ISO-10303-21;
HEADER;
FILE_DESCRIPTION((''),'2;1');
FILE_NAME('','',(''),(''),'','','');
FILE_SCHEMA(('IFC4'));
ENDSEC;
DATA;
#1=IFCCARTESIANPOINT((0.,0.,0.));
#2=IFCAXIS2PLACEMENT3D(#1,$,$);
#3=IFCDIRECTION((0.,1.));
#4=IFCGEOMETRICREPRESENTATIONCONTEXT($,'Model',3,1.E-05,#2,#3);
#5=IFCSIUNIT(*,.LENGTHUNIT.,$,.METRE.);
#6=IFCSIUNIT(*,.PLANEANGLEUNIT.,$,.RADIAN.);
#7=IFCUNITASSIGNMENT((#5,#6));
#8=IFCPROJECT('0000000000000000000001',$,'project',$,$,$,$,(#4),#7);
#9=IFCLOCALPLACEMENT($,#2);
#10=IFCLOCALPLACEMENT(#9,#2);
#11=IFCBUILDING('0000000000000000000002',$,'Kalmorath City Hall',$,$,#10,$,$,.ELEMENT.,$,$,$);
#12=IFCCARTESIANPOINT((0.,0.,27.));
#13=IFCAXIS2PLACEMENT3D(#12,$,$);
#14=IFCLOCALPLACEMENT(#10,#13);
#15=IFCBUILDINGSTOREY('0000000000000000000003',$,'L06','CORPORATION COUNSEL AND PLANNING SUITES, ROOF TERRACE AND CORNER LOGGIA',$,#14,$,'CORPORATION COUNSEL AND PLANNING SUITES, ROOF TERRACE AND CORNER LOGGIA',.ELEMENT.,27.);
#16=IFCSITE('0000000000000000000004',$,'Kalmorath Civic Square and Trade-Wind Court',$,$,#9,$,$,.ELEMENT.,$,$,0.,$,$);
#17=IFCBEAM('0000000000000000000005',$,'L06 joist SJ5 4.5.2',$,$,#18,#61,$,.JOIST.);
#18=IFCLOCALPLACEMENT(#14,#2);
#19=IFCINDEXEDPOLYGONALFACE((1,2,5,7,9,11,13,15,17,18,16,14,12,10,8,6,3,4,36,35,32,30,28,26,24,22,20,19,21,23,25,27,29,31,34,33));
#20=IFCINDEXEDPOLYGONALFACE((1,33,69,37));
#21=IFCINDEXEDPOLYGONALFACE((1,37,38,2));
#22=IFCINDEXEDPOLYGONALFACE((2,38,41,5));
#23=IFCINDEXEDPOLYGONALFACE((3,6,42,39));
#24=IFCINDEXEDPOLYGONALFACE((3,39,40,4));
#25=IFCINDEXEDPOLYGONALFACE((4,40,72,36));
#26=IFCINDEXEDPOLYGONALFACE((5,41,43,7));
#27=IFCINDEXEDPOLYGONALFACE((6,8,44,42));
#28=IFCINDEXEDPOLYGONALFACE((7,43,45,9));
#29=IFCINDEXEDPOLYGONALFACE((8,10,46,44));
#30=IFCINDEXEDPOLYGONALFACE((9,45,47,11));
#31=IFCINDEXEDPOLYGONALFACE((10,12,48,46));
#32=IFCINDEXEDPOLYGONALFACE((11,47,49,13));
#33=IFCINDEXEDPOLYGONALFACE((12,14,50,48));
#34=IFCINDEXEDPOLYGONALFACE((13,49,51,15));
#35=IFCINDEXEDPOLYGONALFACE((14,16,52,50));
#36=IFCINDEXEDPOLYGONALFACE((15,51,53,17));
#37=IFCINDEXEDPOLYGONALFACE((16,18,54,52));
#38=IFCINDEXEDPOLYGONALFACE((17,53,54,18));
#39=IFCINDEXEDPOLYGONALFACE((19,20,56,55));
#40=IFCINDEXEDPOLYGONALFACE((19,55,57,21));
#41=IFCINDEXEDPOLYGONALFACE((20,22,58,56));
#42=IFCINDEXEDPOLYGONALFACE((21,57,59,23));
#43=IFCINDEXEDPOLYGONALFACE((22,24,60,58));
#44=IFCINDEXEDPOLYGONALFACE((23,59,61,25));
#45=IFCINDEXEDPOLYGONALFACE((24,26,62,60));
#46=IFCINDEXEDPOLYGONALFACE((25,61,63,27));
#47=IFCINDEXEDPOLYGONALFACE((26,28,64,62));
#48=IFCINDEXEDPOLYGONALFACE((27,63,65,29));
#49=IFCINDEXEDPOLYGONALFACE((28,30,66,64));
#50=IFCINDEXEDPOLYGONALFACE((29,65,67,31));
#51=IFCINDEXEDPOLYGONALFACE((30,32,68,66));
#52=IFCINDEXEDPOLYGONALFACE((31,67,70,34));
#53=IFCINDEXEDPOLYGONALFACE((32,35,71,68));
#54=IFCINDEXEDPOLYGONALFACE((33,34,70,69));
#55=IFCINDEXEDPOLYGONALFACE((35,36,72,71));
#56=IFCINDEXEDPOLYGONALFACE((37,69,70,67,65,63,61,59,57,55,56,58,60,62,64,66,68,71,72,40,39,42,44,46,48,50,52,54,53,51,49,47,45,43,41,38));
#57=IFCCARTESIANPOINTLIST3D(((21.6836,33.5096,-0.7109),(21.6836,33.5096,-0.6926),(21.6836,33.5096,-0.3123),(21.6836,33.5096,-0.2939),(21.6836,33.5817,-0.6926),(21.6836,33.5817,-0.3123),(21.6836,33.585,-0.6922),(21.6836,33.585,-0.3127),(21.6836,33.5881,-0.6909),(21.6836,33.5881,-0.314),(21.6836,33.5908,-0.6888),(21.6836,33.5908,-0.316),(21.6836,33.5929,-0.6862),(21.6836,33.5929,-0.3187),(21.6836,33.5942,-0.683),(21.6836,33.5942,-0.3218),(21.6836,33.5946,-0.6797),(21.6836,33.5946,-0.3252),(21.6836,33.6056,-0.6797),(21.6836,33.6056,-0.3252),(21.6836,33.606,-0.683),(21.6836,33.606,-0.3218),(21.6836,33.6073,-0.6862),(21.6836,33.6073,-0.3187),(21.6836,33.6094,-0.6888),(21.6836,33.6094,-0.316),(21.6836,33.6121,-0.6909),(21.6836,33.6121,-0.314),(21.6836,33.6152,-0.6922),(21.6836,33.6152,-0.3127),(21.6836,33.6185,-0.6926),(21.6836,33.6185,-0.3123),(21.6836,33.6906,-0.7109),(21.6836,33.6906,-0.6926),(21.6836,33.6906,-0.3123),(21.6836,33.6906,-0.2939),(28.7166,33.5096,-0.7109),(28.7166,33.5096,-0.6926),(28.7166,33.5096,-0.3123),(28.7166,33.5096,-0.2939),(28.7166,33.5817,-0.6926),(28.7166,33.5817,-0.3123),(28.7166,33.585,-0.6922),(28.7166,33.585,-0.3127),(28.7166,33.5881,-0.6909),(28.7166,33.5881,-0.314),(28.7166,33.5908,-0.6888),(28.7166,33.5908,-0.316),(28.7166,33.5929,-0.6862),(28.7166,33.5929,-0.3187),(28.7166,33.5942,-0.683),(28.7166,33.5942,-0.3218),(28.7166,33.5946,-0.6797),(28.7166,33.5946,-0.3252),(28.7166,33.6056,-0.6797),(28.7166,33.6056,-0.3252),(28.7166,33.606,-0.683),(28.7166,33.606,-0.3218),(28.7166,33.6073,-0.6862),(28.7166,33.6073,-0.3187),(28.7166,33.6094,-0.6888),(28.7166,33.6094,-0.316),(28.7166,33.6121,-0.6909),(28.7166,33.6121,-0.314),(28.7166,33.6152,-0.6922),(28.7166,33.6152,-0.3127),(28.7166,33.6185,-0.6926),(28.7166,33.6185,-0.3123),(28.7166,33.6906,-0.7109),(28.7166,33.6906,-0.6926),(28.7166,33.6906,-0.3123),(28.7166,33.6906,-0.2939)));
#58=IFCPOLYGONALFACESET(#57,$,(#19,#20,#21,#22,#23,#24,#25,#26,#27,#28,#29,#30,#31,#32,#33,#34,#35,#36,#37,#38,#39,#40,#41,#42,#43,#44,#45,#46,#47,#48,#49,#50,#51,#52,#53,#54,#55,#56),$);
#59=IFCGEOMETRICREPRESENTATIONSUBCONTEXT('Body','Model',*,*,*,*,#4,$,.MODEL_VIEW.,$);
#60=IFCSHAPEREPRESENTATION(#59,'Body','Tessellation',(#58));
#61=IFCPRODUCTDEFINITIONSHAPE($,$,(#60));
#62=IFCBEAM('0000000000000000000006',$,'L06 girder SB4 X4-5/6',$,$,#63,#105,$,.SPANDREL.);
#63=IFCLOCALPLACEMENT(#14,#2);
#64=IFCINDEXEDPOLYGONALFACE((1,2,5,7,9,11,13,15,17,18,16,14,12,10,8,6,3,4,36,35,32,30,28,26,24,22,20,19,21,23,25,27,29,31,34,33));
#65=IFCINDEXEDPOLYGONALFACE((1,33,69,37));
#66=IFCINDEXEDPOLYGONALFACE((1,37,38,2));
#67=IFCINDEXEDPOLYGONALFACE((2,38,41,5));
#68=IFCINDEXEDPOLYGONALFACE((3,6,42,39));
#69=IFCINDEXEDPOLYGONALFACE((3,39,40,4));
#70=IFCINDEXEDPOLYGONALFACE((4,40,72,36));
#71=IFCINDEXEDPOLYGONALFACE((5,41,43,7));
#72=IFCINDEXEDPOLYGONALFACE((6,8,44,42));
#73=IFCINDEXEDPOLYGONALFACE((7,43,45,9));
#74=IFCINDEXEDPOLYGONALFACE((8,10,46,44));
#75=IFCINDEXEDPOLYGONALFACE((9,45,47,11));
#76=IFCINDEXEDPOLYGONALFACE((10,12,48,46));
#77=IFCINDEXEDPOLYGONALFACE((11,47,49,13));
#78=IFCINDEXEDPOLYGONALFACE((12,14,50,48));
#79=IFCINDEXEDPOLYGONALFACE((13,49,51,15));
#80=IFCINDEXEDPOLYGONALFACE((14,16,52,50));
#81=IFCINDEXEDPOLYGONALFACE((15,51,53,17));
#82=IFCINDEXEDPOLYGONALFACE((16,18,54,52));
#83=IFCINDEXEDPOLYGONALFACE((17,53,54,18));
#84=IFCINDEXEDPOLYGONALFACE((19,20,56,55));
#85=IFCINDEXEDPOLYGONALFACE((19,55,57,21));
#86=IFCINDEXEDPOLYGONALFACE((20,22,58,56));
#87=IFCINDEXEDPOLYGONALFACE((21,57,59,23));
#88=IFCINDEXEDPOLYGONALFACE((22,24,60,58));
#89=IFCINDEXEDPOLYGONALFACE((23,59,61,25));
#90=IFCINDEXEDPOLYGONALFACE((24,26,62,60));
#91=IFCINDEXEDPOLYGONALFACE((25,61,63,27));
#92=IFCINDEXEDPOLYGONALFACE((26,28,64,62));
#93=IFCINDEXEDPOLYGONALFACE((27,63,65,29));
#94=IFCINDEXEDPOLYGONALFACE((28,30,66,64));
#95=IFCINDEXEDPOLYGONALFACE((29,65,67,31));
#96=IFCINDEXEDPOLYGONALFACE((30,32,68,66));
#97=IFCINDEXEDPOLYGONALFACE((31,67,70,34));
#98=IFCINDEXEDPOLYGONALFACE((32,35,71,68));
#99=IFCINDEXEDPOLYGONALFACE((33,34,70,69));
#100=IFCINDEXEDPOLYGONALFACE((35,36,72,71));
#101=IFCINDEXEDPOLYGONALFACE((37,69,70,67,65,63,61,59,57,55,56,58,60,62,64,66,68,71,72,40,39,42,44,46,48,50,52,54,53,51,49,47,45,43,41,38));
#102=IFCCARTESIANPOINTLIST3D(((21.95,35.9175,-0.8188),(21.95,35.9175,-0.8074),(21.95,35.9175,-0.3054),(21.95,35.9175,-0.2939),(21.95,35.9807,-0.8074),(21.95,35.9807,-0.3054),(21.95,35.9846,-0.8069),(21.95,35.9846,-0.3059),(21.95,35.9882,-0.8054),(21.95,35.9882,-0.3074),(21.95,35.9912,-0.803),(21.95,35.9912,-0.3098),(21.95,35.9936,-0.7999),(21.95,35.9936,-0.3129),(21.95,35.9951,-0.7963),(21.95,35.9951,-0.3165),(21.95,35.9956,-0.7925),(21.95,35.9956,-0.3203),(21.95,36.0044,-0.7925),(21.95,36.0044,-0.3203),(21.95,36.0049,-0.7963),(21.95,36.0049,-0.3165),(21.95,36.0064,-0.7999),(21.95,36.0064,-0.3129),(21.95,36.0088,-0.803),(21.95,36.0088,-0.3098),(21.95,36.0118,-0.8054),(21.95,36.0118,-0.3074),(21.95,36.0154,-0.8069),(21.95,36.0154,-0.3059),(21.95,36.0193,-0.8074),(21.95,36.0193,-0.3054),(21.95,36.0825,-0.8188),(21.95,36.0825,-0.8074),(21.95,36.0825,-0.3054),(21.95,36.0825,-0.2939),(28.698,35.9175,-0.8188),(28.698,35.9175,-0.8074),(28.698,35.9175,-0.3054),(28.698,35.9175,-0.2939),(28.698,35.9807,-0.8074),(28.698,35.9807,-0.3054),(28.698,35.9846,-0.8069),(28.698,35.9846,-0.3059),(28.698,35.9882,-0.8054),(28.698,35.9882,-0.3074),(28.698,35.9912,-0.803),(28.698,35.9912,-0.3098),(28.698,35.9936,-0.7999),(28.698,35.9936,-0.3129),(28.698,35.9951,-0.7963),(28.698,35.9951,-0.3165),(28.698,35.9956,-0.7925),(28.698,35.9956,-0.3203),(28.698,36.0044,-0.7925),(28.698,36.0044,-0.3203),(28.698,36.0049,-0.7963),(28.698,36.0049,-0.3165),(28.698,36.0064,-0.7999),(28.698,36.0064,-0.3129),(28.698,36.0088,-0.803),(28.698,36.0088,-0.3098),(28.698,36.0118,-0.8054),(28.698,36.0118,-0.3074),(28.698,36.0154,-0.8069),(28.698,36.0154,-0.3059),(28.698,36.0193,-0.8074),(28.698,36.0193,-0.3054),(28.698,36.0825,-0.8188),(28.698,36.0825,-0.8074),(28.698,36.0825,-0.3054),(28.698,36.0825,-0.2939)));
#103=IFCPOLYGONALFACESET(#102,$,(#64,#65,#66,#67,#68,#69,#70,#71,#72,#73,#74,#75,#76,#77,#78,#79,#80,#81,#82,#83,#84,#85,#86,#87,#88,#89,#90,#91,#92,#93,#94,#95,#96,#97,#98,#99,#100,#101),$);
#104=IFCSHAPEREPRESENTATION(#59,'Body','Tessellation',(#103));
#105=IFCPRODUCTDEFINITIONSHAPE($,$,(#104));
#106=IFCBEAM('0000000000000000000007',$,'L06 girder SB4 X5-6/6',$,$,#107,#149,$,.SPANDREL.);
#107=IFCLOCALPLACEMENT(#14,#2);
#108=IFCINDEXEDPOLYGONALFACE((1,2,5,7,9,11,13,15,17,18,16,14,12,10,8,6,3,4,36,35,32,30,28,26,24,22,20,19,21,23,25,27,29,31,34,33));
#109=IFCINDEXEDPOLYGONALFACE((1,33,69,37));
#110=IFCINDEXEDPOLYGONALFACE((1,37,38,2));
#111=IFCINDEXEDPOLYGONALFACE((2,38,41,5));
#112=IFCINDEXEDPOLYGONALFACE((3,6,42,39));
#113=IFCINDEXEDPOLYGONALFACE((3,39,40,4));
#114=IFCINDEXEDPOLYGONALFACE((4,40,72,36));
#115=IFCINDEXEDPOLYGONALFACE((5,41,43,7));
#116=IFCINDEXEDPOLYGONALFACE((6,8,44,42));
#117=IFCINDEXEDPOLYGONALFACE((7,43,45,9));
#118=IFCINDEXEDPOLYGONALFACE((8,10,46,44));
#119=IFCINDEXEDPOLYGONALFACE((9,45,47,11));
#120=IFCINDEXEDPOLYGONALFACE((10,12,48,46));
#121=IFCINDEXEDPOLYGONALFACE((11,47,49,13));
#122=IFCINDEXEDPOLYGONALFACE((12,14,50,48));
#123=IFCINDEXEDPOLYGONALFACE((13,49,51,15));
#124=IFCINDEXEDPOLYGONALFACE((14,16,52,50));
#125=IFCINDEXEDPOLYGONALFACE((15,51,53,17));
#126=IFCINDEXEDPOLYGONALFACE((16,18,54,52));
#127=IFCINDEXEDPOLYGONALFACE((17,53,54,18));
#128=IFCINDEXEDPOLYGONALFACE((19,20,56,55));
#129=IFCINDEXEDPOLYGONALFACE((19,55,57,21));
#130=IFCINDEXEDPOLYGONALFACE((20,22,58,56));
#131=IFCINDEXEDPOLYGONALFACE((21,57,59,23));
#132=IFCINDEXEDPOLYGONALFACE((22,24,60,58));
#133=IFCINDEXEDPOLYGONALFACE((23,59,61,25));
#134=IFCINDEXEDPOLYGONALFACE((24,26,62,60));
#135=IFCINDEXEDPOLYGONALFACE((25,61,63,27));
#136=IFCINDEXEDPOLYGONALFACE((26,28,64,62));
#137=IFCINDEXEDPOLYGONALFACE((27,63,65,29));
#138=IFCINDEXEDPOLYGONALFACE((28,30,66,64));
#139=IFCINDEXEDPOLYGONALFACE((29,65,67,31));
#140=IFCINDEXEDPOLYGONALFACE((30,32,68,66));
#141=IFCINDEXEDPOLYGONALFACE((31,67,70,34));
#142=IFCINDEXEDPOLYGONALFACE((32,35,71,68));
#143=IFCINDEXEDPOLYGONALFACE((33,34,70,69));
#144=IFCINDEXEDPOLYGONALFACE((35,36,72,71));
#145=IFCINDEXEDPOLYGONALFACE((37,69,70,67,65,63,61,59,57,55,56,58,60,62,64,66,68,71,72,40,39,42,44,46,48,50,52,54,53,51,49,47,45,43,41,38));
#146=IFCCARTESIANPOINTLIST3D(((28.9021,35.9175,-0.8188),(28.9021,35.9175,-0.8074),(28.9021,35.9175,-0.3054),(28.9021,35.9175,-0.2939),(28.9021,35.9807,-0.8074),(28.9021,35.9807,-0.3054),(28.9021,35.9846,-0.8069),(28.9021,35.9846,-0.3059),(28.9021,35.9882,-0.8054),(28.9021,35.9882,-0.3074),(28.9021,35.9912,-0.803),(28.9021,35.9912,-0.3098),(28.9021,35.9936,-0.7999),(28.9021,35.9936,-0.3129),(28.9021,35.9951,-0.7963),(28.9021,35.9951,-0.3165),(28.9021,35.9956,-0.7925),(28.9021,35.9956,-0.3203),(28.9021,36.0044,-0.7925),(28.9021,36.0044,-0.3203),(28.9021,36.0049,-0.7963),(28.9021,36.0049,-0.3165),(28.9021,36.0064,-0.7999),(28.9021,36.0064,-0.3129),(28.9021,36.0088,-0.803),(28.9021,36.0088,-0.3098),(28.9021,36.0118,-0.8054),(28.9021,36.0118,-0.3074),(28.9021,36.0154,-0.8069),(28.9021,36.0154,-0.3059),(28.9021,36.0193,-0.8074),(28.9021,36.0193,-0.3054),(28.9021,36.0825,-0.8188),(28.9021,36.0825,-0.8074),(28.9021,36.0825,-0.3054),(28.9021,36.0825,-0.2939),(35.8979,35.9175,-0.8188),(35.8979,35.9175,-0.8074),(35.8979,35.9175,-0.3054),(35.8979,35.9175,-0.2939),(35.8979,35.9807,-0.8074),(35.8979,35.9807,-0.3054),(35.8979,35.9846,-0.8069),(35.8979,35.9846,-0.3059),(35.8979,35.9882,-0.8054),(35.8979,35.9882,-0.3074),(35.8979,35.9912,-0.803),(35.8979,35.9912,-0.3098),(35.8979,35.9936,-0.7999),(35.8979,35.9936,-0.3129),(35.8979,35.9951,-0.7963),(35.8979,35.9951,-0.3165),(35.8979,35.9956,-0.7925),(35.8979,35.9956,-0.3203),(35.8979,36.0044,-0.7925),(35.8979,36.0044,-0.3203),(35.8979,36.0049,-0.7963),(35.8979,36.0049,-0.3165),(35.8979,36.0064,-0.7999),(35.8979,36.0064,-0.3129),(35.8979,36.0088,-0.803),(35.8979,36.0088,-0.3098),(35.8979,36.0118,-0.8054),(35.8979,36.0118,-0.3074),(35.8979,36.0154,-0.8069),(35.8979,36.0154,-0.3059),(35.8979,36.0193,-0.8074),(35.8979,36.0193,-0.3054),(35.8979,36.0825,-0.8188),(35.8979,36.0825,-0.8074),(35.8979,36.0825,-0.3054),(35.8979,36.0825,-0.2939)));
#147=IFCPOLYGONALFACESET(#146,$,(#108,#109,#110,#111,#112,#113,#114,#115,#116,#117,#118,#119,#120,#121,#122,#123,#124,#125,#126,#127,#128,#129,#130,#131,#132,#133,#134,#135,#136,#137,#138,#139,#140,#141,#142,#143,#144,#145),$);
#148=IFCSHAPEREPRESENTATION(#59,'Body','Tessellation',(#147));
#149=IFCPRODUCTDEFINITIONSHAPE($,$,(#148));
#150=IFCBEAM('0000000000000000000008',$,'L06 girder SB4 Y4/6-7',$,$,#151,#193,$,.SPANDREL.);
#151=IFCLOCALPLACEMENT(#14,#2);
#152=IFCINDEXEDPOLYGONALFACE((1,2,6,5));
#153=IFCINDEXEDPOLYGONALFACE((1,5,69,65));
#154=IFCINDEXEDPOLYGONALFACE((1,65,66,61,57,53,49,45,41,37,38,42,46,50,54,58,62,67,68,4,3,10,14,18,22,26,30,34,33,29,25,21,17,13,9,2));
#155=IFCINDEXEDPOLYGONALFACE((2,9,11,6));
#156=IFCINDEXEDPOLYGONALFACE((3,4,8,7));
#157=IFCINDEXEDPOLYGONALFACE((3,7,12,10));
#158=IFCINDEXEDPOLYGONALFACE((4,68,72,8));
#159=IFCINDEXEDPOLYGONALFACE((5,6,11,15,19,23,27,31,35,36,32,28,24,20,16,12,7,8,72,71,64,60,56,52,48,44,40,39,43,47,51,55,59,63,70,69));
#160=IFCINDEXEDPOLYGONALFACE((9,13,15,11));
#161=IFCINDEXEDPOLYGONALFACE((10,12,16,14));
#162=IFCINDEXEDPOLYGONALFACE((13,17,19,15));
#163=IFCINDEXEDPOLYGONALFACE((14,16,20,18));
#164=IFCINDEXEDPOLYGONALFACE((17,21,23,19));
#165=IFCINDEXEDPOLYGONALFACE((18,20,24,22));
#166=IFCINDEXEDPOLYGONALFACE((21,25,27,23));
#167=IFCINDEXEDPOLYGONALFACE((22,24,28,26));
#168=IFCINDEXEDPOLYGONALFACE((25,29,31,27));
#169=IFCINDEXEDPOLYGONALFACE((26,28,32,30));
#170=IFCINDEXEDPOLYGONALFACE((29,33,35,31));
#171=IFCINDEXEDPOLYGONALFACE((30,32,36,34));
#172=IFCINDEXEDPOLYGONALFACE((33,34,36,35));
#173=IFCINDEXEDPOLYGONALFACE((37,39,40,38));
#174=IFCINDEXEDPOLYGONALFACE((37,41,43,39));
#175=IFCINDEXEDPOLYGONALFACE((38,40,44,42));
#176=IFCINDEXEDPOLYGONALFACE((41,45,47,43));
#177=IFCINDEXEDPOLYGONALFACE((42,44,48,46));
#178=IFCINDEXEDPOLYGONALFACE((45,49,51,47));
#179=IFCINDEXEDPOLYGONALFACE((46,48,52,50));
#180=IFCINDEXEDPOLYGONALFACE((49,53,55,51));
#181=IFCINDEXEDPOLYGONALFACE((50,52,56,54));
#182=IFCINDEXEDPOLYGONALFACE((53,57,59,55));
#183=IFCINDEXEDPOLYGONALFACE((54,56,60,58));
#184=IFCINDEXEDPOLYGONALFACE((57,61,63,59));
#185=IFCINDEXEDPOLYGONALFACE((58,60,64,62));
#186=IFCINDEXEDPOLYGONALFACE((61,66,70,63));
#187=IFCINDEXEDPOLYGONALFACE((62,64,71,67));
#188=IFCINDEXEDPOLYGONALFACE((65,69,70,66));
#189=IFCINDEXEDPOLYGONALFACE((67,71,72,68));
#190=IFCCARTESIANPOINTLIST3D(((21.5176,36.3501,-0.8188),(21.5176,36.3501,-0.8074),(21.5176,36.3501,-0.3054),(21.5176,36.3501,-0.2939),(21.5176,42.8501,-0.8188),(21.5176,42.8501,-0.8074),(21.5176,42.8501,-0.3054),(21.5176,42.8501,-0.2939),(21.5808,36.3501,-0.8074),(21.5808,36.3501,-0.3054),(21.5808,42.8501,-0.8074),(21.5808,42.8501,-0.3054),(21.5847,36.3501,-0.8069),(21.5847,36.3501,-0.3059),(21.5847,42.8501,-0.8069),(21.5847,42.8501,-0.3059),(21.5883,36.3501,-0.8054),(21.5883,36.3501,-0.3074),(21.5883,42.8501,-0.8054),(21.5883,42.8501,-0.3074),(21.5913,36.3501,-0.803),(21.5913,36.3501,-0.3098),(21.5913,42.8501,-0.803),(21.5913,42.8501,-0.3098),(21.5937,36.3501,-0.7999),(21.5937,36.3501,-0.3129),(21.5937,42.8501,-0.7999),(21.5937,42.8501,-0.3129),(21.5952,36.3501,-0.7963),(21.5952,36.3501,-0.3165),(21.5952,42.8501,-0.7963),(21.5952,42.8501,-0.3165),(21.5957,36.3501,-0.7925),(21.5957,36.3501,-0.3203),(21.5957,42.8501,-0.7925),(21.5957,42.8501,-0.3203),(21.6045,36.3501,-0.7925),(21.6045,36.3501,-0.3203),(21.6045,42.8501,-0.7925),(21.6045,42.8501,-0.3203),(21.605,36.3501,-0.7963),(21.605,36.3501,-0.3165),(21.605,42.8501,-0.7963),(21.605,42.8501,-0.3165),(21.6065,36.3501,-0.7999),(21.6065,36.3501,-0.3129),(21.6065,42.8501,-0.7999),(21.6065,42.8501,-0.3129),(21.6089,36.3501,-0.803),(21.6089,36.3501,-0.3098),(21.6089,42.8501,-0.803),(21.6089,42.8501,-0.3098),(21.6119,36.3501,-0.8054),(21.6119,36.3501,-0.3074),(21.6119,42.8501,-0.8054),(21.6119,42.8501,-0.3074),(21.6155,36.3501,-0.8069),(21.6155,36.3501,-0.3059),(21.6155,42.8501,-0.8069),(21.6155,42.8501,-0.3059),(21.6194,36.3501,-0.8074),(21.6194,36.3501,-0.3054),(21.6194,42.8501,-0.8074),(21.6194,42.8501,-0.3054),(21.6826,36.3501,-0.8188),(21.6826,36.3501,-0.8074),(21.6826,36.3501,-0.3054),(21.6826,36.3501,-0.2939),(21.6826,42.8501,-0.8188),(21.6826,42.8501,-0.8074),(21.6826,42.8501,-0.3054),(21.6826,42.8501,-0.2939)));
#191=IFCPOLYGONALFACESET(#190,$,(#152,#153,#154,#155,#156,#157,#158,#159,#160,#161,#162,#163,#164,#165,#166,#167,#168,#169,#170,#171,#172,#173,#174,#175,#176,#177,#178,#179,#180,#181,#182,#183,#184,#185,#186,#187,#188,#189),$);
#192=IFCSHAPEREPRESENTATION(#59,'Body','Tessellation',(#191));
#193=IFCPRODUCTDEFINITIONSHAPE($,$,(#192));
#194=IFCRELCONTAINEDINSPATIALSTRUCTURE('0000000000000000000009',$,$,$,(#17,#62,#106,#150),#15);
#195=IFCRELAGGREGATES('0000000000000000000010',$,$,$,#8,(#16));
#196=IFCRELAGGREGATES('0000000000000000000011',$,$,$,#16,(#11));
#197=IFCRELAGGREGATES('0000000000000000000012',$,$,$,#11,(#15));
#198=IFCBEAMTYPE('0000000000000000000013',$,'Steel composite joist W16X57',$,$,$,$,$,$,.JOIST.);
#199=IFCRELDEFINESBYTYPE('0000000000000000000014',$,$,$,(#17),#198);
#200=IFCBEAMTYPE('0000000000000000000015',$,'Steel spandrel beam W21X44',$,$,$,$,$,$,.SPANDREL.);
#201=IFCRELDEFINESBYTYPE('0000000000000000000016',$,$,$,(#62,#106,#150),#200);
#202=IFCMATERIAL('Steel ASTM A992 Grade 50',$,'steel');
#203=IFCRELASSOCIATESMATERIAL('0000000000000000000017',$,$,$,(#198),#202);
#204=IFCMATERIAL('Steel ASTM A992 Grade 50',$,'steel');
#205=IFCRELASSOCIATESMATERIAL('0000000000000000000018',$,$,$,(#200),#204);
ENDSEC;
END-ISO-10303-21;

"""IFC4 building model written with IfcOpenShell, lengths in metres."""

from ifc_helpers import new_model, si_unit, direction, frame, origin, origin_2d, place, context, subcontext, project, spatial, i_section, extrude, material, material_profile, profile_set, type_object, element, save


model = new_model("IFC4")

# Units and contexts
model_context = context("Model", 3, precision=1e-05, world=origin(), true_north=direction((0.0, 1.0)))
body_context = subcontext(model_context, "Body", "Model", "MODEL_VIEW")
ifc_project = project(units=[si_unit("LENGTHUNIT", "METRE"), si_unit("PLANEANGLEUNIT", "RADIAN")], contexts=[model_context])

# Site, building, storey
site_placement = place(None, origin())
site = spatial("IfcSite", under=ifc_project, at=site_placement, Name="Kalmorath Civic Square and Trade-Wind Court", CompositionType="ELEMENT", RefElevation=0.0)
building_placement = place(site_placement, origin())
building = spatial("IfcBuilding", under=site, at=building_placement, Name="Kalmorath City Hall", CompositionType="ELEMENT")
storey_placement = place(building_placement, frame((0.0, 0.0, 27.0)))
storey = spatial("IfcBuildingStorey", under=building, at=storey_placement, Name="L06", Description="CORPORATION COUNSEL AND PLANNING SUITES, ROOF TERRACE AND CORNER LOGGIA", LongName="CORPORATION COUNSEL AND PLANNING SUITES, ROOF TERRACE AND CORNER LOGGIA", CompositionType="ELEMENT", Elevation=27.0)

# Beams
ifc_material_1 = material(Name="Steel ASTM A992 Grade 50", Category="steel")
ifc_material_profile_1 = material_profile(ifc_material_1, i_section(OverallWidth=0.1809, OverallDepth=0.417, WebThickness=0.011, FlangeThickness=0.0183, FilletRadius=0.0129, at=origin_2d()), Name="W16X57")
ifc_profile_set_1 = profile_set([ifc_material_profile_1], Name="Steel ASTM A992 Grade 50")
beam_type_1 = type_object("IfcBeamType", Name="Steel composite joist W16X57", PredefinedType="JOIST", material=ifc_profile_set_1)
beam_1_placement = place(storey_placement, frame((21.6836, 33.6001, -0.5024), z_axis=(1.0, 0.0, 0.0), x_axis=(0.0, 1.0, 0.0)))
element("IfcBeam", 1, at=beam_1_placement, inside=storey, type_object=beam_type_1, Name="L06 joist SJ5 4.5.2", PredefinedType="JOIST", context=body_context, shape_type="SweptSolid", body=[
    extrude(i_section(OverallWidth=0.1809, OverallDepth=0.417, WebThickness=0.011, FlangeThickness=0.0183, FilletRadius=0.0129, at=origin_2d()), origin(), (0.0, 0.0, 1.0), 7.033),
])
ifc_material_2 = material(Name="Steel ASTM A992 Grade 50", Category="steel")
ifc_material_profile_2 = material_profile(ifc_material_2, i_section(OverallWidth=0.165, OverallDepth=0.5249, WebThickness=0.0088, FlangeThickness=0.0115, FilletRadius=0.0149, at=origin_2d()), Name="W21X44")
ifc_profile_set_2 = profile_set([ifc_material_profile_2], Name="Steel ASTM A992 Grade 50")
beam_type_2 = type_object("IfcBeamType", Name="Steel spandrel beam W21X44", PredefinedType="SPANDREL", material=ifc_profile_set_2)
beam_2_placement = place(storey_placement, frame((21.95, 36.0, -0.5564), z_axis=(1.0, 0.0, 0.0), x_axis=(0.0, 1.0, 0.0)))
element("IfcBeam", 2, at=beam_2_placement, inside=storey, type_object=beam_type_2, Name="L06 girder SB4 X4-5/6", PredefinedType="SPANDREL", context=body_context, shape_type="SweptSolid", body=[
    extrude(i_section(OverallWidth=0.165, OverallDepth=0.5249, WebThickness=0.0088, FlangeThickness=0.0115, FilletRadius=0.0149, at=origin_2d()), origin(), (0.0, 0.0, 1.0), 6.748),
])
beam_3_placement = place(storey_placement, frame((28.9021, 36.0, -0.5564), z_axis=(1.0, 0.0, 0.0), x_axis=(0.0, 1.0, 0.0)))
element("IfcBeam", 3, at=beam_3_placement, inside=storey, type_object=beam_type_2, Name="L06 girder SB4 X5-6/6", PredefinedType="SPANDREL", context=body_context, shape_type="SweptSolid", body=[
    extrude(i_section(OverallWidth=0.165, OverallDepth=0.5249, WebThickness=0.0088, FlangeThickness=0.0115, FilletRadius=0.0149, at=origin_2d()), origin(), (0.0, 0.0, 1.0), 6.9958),
])
for number, where, z_axis, x_axis, name in (
    (4, (21.6001, 36.3501, -0.5564), (0.0, 1.0, 0.0), (-1.0, 0.0, 0.0), "L06 girder SB4 Y4/6-7"),
):
    element("IfcBeam", number, at=place(storey_placement, frame(where, z_axis=z_axis, x_axis=x_axis)), inside=storey, type_object=beam_type_2, Name=name, PredefinedType="SPANDREL", context=body_context, shape_type="SweptSolid", body=[
        extrude(i_section(OverallWidth=0.165, OverallDepth=0.5249, WebThickness=0.0088, FlangeThickness=0.0115, FilletRadius=0.0149, at=origin_2d()), origin(), (0.0, 0.0, 1.0), 6.5),
    ])

save(model, "model.ifc")
